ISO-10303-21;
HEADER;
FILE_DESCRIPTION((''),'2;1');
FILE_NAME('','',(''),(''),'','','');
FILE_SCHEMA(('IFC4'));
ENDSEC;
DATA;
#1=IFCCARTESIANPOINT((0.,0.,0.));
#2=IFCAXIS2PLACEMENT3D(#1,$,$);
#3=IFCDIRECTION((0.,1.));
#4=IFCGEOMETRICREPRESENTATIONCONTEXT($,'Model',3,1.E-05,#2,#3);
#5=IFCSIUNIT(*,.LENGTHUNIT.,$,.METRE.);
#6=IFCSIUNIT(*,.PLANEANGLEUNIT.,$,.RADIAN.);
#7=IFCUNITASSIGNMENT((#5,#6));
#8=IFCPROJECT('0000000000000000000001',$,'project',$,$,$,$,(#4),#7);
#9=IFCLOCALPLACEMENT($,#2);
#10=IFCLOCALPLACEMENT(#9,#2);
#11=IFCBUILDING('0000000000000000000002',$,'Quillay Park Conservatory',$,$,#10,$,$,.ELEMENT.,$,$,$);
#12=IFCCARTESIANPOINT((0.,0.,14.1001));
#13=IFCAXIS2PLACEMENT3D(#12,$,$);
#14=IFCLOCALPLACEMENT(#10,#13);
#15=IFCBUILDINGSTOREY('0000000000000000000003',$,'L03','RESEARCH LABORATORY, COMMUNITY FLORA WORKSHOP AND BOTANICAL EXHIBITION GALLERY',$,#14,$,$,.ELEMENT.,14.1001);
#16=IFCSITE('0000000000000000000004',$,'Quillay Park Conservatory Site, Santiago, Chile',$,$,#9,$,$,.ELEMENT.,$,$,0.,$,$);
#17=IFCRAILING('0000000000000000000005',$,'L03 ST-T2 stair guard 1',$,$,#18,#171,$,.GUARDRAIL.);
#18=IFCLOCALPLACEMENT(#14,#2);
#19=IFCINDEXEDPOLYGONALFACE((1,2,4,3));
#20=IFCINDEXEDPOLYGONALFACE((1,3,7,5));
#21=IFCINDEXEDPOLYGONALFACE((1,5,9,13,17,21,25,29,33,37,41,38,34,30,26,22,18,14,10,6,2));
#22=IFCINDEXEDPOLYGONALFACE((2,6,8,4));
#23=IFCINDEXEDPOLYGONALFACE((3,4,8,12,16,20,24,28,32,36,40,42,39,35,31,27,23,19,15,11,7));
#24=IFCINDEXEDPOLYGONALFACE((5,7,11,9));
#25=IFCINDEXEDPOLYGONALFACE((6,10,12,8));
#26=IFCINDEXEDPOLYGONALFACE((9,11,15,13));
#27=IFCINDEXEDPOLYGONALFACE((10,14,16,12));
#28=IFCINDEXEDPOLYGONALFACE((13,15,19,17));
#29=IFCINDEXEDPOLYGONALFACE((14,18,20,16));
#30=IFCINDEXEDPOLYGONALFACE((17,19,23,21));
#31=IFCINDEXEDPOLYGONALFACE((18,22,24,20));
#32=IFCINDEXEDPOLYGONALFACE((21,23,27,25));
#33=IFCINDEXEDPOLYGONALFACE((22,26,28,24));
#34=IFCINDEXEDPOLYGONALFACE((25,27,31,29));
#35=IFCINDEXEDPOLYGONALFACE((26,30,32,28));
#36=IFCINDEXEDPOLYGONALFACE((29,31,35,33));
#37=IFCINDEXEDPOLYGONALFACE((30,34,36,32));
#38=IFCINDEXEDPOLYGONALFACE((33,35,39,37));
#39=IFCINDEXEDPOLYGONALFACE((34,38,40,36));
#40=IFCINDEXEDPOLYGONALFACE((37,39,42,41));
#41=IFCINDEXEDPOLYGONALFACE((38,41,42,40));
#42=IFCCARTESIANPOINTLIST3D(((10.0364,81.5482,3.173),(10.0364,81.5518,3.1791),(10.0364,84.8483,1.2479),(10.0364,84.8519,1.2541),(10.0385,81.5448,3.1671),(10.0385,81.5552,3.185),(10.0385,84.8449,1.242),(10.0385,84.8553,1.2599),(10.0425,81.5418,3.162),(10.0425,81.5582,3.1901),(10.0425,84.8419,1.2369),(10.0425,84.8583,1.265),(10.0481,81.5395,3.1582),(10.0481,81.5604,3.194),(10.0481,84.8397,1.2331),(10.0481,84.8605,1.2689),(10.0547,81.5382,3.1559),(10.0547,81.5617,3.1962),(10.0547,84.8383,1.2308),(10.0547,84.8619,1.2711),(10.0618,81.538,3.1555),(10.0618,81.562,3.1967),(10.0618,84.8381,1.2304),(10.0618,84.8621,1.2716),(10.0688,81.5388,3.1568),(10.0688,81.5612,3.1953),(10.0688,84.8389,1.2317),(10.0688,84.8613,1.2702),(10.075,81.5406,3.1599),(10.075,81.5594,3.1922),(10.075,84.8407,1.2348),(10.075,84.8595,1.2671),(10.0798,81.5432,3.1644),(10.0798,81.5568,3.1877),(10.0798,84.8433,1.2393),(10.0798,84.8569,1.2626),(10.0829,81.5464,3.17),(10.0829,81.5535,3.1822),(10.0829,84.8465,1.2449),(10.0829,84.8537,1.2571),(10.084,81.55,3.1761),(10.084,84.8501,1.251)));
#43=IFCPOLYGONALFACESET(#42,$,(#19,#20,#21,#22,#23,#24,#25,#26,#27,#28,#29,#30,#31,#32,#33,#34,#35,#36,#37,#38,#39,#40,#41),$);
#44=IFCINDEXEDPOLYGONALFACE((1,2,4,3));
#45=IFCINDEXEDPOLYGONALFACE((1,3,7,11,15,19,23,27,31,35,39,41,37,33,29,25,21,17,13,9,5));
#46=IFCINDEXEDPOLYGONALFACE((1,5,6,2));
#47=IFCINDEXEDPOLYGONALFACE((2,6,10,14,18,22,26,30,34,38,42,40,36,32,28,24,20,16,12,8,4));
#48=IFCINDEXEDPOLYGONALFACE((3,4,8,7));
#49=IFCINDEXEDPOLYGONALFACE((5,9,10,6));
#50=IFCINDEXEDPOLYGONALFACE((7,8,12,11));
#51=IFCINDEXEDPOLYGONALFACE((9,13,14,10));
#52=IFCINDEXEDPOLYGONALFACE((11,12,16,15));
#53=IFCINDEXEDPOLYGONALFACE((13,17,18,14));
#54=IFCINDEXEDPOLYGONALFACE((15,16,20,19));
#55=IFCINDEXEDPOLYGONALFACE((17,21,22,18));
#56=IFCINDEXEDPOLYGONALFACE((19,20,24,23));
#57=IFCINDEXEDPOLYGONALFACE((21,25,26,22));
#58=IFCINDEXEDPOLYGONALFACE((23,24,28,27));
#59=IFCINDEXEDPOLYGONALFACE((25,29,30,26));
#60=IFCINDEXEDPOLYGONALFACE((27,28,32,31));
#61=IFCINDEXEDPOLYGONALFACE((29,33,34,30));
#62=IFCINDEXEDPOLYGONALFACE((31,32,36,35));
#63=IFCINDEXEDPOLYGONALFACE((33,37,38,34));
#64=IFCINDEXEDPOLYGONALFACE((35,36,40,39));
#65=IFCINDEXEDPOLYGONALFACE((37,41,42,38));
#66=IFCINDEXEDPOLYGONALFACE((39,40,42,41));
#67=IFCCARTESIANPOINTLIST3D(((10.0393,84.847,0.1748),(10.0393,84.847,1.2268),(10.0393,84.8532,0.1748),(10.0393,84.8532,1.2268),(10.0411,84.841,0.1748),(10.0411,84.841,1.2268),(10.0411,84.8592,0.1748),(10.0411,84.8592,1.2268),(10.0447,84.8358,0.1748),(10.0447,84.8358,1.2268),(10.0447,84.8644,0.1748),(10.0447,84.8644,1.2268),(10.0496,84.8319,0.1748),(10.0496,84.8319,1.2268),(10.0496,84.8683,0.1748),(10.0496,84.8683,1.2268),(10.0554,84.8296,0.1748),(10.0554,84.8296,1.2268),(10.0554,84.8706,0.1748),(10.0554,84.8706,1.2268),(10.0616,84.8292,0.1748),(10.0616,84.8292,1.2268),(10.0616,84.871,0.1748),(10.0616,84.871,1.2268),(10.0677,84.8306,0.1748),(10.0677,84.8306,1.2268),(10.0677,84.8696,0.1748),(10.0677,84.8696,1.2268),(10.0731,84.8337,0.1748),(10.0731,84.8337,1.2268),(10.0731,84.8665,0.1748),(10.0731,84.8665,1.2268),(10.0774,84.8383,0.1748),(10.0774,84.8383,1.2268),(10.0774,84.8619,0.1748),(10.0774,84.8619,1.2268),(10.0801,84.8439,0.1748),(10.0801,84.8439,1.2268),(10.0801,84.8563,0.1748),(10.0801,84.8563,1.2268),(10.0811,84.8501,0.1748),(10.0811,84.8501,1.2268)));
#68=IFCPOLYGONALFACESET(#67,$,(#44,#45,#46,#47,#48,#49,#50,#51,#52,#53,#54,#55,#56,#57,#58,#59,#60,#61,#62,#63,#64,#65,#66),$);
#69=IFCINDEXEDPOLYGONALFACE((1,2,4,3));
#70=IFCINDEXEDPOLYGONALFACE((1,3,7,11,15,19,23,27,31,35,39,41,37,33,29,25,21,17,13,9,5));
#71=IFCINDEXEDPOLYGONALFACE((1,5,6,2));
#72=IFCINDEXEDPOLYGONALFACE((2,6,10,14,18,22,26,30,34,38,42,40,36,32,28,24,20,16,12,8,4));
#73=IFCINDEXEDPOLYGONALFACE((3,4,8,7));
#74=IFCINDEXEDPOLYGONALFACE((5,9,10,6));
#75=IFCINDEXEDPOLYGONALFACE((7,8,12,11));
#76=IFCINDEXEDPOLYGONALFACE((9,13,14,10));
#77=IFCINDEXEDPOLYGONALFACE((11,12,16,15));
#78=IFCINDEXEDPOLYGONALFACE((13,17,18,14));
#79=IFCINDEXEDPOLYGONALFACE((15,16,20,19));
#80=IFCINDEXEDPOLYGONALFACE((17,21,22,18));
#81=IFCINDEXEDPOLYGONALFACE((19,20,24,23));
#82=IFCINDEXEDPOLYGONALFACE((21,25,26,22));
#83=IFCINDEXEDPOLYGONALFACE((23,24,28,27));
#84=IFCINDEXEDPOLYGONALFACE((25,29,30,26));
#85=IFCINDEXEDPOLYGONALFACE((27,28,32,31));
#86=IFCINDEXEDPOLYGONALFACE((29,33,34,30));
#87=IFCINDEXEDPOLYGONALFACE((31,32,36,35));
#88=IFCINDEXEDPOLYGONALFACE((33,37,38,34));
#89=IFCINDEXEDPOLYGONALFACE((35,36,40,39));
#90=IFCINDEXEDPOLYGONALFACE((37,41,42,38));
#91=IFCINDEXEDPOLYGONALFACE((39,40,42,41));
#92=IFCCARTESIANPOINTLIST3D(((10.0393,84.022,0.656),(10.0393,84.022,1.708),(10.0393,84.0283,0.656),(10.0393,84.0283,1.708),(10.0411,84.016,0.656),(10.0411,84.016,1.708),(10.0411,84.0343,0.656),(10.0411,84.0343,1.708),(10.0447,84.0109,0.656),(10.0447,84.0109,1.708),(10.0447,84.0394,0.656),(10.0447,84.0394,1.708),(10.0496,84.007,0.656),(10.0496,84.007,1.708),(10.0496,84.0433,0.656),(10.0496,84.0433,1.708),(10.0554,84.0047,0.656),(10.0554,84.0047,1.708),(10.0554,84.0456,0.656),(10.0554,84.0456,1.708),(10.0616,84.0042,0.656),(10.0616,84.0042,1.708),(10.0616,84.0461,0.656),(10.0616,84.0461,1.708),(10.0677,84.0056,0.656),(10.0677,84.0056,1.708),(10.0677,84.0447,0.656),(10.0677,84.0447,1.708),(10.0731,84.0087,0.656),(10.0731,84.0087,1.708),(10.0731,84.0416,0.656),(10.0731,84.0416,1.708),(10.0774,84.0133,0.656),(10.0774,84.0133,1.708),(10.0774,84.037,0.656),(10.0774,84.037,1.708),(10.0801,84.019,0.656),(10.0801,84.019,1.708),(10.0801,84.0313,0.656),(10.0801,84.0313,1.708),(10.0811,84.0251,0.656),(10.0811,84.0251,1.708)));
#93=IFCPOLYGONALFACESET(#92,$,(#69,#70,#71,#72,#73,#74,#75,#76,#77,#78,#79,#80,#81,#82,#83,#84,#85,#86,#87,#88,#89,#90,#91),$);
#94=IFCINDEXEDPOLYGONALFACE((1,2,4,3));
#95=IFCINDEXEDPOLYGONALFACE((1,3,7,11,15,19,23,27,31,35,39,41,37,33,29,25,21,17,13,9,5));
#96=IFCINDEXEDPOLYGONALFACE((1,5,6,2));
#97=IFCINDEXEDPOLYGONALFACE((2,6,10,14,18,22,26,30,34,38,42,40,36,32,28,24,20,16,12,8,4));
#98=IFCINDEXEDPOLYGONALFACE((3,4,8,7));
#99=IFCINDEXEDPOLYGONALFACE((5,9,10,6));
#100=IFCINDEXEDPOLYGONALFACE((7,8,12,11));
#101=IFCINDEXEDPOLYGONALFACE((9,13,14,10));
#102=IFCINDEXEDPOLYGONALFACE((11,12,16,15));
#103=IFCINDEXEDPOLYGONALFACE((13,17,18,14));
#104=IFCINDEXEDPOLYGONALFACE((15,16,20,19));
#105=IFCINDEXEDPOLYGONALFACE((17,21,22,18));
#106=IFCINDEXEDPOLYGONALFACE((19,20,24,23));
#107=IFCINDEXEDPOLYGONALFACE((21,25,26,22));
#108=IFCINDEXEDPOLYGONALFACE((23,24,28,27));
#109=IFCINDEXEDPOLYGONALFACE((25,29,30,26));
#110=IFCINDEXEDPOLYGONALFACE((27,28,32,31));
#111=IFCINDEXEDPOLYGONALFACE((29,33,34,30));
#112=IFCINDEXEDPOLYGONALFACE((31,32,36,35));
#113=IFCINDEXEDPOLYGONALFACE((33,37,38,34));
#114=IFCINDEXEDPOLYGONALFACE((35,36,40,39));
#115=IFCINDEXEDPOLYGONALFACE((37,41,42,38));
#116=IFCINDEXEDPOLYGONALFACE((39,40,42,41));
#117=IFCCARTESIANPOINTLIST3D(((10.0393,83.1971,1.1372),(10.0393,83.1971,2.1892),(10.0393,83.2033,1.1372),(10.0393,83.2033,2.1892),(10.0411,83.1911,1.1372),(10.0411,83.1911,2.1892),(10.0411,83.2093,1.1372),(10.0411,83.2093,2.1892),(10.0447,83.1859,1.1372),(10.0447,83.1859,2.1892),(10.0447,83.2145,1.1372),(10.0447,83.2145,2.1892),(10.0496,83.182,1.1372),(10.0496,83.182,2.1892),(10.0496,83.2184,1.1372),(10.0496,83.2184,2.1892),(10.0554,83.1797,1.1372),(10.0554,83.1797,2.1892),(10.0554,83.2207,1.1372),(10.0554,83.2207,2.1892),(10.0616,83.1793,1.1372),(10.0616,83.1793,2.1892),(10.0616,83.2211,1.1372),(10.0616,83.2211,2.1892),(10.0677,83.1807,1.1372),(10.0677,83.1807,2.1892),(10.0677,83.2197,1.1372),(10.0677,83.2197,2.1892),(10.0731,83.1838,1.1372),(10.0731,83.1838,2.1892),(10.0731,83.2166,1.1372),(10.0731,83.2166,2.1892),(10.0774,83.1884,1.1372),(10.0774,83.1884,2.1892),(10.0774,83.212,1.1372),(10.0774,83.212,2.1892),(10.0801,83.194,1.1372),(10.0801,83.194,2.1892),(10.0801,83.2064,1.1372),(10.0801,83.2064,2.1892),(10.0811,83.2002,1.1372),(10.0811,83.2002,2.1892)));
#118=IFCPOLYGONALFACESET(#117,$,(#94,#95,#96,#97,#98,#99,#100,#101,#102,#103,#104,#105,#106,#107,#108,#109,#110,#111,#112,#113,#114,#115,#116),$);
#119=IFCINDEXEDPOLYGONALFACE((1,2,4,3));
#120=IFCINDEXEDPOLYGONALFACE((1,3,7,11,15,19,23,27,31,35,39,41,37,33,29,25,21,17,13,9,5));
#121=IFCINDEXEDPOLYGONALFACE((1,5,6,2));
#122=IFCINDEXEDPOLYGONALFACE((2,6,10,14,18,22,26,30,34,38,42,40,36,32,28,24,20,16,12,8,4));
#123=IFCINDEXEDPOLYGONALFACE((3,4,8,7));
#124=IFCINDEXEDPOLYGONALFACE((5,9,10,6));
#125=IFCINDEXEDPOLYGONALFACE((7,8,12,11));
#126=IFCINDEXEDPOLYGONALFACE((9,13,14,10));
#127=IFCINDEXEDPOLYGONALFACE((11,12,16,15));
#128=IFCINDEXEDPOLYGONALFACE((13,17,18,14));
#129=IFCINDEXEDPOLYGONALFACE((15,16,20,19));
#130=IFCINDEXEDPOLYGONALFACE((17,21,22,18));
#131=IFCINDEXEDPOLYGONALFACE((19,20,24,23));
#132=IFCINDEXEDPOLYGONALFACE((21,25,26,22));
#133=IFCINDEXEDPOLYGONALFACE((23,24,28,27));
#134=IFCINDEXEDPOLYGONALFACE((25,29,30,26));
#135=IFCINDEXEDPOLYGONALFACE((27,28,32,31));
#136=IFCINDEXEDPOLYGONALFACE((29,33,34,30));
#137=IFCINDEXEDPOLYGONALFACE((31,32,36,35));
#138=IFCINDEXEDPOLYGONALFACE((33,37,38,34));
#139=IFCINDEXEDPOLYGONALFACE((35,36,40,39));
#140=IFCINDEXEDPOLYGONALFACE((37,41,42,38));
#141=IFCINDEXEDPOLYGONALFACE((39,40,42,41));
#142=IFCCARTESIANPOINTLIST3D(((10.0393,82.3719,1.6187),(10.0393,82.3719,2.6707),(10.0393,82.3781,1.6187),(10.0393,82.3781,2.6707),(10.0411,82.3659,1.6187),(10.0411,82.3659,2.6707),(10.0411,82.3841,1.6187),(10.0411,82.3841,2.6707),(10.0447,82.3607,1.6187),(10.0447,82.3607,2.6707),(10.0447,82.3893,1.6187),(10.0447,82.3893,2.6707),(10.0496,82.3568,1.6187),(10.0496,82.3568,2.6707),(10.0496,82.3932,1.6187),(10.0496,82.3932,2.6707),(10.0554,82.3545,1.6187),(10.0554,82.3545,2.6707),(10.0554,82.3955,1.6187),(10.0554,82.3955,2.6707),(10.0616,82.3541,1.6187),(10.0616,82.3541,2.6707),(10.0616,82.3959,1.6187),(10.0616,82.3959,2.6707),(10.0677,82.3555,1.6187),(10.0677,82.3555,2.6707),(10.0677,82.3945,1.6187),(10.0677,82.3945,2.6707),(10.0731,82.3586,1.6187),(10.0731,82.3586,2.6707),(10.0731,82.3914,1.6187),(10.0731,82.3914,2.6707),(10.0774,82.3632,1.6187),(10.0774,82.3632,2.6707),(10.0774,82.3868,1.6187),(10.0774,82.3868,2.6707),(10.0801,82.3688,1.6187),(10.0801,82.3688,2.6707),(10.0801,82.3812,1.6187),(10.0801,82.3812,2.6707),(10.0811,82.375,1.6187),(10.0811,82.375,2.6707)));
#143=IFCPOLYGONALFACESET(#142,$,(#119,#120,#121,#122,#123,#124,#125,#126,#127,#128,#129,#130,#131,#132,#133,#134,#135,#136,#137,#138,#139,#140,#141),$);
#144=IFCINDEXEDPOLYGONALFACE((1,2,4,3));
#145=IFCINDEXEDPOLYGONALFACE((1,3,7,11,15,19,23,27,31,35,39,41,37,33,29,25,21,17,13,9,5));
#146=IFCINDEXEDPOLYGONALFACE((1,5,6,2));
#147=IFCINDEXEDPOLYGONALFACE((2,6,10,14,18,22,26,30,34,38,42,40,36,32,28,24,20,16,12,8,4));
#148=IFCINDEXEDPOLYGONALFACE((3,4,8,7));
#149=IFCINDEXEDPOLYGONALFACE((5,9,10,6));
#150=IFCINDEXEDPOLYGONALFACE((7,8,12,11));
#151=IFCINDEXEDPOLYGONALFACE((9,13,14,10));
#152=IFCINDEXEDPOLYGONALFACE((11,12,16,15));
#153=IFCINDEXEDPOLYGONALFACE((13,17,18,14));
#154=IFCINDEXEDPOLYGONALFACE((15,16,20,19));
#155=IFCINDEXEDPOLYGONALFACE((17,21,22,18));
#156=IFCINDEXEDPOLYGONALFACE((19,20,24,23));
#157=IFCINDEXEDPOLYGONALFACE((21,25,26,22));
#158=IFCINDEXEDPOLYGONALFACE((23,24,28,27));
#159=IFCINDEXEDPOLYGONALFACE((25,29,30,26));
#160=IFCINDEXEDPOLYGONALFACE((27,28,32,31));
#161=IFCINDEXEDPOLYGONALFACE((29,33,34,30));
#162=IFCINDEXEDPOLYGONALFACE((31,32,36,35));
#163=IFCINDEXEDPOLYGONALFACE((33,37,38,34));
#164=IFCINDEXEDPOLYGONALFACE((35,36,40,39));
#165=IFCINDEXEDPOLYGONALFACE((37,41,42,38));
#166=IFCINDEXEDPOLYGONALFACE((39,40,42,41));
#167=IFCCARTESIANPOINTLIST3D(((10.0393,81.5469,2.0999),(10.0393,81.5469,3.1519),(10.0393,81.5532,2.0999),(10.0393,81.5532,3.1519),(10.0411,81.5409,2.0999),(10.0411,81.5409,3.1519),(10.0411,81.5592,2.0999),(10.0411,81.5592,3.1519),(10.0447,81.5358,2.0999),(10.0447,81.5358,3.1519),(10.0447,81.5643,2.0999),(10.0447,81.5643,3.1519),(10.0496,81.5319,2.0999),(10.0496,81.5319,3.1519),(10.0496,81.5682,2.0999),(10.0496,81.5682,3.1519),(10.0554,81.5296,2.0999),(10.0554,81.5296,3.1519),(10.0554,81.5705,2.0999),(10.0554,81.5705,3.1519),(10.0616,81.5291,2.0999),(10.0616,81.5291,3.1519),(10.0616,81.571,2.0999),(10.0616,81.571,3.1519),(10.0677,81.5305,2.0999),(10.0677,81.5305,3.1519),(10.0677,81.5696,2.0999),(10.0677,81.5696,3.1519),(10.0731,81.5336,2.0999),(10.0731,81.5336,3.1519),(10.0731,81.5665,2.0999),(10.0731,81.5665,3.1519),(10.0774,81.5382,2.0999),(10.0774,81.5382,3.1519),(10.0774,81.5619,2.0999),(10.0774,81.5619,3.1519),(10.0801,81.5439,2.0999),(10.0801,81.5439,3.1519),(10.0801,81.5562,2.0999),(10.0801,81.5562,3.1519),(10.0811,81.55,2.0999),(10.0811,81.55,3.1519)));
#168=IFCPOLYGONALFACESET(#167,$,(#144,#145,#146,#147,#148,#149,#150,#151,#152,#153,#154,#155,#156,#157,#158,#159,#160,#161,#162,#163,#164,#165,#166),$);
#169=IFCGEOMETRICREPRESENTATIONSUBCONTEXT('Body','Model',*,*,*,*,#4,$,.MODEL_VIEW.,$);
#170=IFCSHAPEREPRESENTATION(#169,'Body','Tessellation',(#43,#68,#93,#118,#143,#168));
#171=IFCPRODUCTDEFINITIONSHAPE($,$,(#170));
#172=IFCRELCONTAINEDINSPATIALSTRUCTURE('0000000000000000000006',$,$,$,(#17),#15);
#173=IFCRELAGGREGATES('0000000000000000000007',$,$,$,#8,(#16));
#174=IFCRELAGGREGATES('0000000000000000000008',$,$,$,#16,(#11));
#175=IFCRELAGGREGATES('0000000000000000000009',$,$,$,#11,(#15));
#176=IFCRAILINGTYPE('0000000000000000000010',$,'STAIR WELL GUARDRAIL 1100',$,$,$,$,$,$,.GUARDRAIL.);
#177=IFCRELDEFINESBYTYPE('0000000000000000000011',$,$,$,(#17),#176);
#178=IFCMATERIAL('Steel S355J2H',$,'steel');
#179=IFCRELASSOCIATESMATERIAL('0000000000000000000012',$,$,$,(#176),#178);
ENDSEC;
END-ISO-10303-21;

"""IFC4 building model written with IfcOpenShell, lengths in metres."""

from ifc_helpers import new_model, si_unit, direction, frame, origin, origin_2d, place, context, subcontext, project, spatial, circle, extrude, material, type_object, element, save


model = new_model("IFC4")

# Units and contexts
model_context = context("Model", 3, precision=1e-05, world=origin(), true_north=direction((0.0, 1.0)))
body_context = subcontext(model_context, "Body", "Model", "MODEL_VIEW")
ifc_project = project(units=[si_unit("LENGTHUNIT", "METRE"), si_unit("PLANEANGLEUNIT", "RADIAN")], contexts=[model_context])

# Site, building, storey
site_placement = place(None, origin())
site = spatial("IfcSite", under=ifc_project, at=site_placement, Name="Quillay Park Conservatory Site, Santiago, Chile", CompositionType="ELEMENT", RefElevation=0.0)
building_placement = place(site_placement, origin())
building = spatial("IfcBuilding", under=site, at=building_placement, Name="Quillay Park Conservatory", CompositionType="ELEMENT")
storey_placement = place(building_placement, frame((0.0, 0.0, 14.1001)))
storey = spatial("IfcBuildingStorey", under=building, at=storey_placement, Name="L03", Description="RESEARCH LABORATORY, COMMUNITY FLORA WORKSHOP AND BOTANICAL EXHIBITION GALLERY", CompositionType="ELEMENT", Elevation=14.1001)

# Railing
ifc_material_1 = material(Name="Steel S355J2H", Category="steel")
railing_type_1 = type_object("IfcRailingType", Name="STAIR WELL GUARDRAIL 1100", PredefinedType="GUARDRAIL", material=ifc_material_1)
railing_1_placement = place(storey_placement, frame((10.0601, 84.8501, 0.1748)))
element("IfcRailing", 1, at=railing_1_placement, inside=storey, type_object=railing_type_1, Name="L03 ST-T2 stair guard 1", PredefinedType="GUARDRAIL", context=body_context, shape_type="SweptSolid", body=[
    extrude(circle(Radius=0.0239, at=origin_2d()), frame((0.0, 0.0, 1.0762), z_axis=(0.0, -0.863777, 0.503875), x_axis=(1.0, 0.0, 0.0)), (0.0, 0.0, 1.0), 3.8206),
    extrude(circle(Radius=0.021, at=origin_2d()), origin(), (0.0, 0.0, 1.0), 1.052),
    extrude(circle(Radius=0.021, at=origin_2d()), frame((0.0, -0.825, 0.4812)), (0.0, 0.0, 1.0), 1.052),
    extrude(circle(Radius=0.021, at=origin_2d()), frame((0.0, -1.6499, 0.9624)), (0.0, 0.0, 1.0), 1.052),
    extrude(circle(Radius=0.021, at=origin_2d()), frame((0.0, -2.4751, 1.4438)), (0.0, 0.0, 1.0), 1.052),
    extrude(circle(Radius=0.021, at=origin_2d()), frame((0.0, -3.3, 1.925)), (0.0, 0.0, 1.0), 1.052),
])

save(model, "model.ifc")
